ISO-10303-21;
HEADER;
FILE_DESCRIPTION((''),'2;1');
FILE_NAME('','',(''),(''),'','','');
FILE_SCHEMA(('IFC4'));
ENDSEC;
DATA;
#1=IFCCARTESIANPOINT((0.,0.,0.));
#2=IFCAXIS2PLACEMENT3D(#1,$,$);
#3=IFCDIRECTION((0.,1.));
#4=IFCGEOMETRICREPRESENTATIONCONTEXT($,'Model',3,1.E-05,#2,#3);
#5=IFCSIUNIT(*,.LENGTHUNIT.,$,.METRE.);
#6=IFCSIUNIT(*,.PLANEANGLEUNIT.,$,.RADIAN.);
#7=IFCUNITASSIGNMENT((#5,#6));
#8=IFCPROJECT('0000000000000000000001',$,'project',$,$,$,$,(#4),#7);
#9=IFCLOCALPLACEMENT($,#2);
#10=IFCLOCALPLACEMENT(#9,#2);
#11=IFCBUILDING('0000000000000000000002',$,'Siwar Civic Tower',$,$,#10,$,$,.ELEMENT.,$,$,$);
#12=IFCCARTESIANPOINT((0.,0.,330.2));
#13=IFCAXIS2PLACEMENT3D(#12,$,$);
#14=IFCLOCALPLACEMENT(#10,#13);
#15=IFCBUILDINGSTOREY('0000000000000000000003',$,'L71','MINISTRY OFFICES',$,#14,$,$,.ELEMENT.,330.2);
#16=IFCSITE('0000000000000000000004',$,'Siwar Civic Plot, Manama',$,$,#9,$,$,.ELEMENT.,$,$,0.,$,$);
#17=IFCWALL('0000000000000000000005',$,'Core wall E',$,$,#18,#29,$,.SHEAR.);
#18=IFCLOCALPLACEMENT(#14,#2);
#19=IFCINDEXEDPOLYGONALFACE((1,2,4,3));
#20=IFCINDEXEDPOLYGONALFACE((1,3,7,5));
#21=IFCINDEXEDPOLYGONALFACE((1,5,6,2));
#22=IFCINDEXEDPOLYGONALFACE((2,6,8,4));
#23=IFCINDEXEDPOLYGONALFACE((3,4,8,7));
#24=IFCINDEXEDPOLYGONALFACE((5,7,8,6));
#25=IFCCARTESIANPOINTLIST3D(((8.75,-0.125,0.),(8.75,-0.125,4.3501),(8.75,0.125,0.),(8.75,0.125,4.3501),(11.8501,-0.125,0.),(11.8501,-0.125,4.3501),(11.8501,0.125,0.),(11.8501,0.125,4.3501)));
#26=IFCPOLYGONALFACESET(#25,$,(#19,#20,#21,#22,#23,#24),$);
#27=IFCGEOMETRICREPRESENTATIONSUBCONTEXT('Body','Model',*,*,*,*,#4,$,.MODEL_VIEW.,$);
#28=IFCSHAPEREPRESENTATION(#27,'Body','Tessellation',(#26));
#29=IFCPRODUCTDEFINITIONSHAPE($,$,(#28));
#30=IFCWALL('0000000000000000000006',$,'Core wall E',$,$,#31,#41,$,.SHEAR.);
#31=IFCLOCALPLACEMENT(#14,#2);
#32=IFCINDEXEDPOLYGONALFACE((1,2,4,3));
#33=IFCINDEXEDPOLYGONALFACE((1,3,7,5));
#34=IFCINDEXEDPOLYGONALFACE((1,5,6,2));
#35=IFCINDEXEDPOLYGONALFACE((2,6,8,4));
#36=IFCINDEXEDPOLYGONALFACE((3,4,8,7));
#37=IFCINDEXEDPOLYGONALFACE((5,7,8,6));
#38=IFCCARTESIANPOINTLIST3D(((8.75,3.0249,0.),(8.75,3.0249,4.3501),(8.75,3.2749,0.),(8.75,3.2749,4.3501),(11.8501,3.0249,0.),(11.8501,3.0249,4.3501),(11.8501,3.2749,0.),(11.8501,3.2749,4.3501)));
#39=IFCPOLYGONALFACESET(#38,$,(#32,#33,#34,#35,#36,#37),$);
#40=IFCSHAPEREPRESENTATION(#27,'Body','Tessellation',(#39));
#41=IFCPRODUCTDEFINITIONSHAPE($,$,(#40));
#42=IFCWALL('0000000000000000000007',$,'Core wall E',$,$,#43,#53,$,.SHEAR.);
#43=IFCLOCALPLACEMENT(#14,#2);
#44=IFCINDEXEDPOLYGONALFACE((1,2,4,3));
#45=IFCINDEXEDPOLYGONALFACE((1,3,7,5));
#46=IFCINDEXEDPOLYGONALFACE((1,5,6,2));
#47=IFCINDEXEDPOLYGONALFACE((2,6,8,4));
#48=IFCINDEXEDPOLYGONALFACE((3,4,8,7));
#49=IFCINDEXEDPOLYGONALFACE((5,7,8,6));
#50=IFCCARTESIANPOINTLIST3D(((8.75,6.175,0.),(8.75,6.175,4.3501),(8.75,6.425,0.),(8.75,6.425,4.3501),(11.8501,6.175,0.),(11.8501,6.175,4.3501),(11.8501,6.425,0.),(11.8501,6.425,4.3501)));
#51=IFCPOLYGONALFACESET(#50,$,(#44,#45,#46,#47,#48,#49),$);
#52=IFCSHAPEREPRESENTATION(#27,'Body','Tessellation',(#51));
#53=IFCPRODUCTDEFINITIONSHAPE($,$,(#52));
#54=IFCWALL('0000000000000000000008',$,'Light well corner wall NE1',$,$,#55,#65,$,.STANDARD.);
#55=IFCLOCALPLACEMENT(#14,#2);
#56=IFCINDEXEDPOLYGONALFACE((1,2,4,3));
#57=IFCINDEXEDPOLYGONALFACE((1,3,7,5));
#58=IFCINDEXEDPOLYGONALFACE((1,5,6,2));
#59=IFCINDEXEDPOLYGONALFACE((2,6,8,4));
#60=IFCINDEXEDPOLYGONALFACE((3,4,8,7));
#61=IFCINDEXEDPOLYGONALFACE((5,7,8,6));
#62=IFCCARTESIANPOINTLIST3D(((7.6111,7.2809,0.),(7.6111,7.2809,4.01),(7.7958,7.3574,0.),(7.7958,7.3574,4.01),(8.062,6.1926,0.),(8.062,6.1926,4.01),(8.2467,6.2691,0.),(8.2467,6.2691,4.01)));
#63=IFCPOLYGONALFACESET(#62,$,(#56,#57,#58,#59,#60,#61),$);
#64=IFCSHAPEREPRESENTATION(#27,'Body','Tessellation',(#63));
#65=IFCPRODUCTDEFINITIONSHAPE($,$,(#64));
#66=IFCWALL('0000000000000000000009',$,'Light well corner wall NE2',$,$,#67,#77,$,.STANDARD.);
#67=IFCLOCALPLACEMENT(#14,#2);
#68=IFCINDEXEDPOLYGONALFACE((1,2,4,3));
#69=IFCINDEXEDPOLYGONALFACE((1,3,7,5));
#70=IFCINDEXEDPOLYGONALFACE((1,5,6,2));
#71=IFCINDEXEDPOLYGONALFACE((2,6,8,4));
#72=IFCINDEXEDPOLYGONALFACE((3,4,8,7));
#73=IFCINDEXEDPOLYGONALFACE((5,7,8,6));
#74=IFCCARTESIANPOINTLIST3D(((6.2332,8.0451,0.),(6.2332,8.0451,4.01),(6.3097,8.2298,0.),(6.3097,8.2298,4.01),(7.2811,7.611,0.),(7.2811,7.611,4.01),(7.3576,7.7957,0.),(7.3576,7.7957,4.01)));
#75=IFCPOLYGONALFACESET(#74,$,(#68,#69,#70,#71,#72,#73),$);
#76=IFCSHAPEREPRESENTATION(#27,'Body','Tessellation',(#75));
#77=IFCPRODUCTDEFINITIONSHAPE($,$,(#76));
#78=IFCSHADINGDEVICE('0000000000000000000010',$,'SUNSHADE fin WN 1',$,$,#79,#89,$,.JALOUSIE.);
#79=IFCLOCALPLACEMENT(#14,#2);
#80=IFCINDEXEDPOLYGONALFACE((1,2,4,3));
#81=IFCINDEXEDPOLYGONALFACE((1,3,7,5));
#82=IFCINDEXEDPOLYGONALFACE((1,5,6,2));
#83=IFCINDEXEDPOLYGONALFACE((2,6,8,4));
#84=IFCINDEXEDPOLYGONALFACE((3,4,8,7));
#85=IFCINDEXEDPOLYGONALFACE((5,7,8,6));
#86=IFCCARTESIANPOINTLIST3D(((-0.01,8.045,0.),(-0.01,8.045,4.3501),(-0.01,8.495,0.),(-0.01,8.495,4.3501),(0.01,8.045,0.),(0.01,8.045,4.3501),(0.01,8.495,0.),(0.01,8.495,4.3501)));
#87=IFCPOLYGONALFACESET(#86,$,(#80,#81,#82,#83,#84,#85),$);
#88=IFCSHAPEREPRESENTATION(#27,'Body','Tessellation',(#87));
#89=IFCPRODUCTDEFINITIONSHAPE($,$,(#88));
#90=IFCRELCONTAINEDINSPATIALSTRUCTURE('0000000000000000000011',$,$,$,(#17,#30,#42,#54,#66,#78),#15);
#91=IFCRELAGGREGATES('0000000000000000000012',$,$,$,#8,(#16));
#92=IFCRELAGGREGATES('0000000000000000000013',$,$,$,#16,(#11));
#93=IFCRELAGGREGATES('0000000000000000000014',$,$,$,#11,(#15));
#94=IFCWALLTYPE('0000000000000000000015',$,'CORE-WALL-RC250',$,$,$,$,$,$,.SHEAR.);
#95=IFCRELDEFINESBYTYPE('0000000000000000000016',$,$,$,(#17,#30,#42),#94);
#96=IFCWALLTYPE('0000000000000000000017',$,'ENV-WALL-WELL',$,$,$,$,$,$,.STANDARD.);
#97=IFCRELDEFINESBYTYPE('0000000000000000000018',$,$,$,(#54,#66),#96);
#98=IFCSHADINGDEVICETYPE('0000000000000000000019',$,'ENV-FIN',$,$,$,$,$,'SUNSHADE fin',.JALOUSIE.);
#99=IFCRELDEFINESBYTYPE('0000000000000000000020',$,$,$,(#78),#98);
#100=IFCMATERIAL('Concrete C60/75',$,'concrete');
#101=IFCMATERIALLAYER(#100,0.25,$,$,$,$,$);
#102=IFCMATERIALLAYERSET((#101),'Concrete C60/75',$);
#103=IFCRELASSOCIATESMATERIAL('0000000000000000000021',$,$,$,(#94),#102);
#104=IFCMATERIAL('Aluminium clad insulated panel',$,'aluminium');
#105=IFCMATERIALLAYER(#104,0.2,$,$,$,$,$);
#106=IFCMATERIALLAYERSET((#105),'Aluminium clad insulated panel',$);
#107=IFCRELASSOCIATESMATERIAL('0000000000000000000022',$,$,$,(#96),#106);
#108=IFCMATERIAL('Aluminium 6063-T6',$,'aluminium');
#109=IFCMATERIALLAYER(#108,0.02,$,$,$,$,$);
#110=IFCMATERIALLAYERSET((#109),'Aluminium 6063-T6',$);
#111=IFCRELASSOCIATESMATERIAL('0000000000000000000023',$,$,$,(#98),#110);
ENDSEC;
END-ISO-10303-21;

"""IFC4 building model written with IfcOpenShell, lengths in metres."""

from ifc_helpers import new_model, si_unit, direction, frame, frame_2d, origin, origin_2d, place, context, subcontext, project, spatial, rectangle, extrude, material, layer, layer_set, type_object, element, save


model = new_model("IFC4")

# Units and contexts
model_context = context("Model", 3, precision=1e-05, world=origin(), true_north=direction((0.0, 1.0)))
body_context = subcontext(model_context, "Body", "Model", "MODEL_VIEW")
ifc_project = project(units=[si_unit("LENGTHUNIT", "METRE"), si_unit("PLANEANGLEUNIT", "RADIAN")], contexts=[model_context])

# Site, building, storey
site_placement = place(None, origin())
site = spatial("IfcSite", under=ifc_project, at=site_placement, Name="Siwar Civic Plot, Manama", CompositionType="ELEMENT", RefElevation=0.0)
building_placement = place(site_placement, origin())
building = spatial("IfcBuilding", under=site, at=building_placement, Name="Siwar Civic Tower", CompositionType="ELEMENT")
storey_placement = place(building_placement, frame((0.0, 0.0, 330.2)))
storey = spatial("IfcBuildingStorey", under=building, at=storey_placement, Name="L71", Description="MINISTRY OFFICES", CompositionType="ELEMENT", Elevation=330.2)

# Shared definitions
ifc_material_1 = material(Name="Concrete C60/75", Category="concrete")
ifc_layer_1 = layer(ifc_material_1, 0.25)
ifc_layer_set_1 = layer_set([ifc_layer_1], Name="Concrete C60/75")
wall_type_1 = type_object("IfcWallType", Name="CORE-WALL-RC250", PredefinedType="SHEAR", material=ifc_layer_set_1)

# Walls
for number, where, z_axis, x_axis, name in (
    (1, (8.75, 0.0, 0.0), (0.0, 0.0, 1.0), (1.0, 0.0, 0.0), "Core wall E"),
    (2, (8.75, 3.1499, 0.0), (0.0, 0.0, 1.0), (1.0, 0.0, 0.0), "Core wall E"),
    (3, (8.75, 6.3, 0.0), (0.0, 0.0, 1.0), (1.0, 0.0, 0.0), "Core wall E"),
):
    element("IfcWall", number, at=place(storey_placement, frame(where, z_axis=z_axis, x_axis=x_axis)), inside=storey, type_object=wall_type_1, Name=name, PredefinedType="SHEAR", context=body_context, shape_type="SweptSolid", body=[
        extrude(rectangle(XDim=3.1001, YDim=0.25, at=frame_2d((1.55, 0.0))), origin(), (0.0, 0.0, 1.0), 4.3501),
    ])
ifc_material_2 = material(Name="Aluminium clad insulated panel", Category="aluminium")
ifc_layer_2 = layer(ifc_material_2, 0.2)
ifc_layer_set_2 = layer_set([ifc_layer_2], Name="Aluminium clad insulated panel")
wall_type_2 = type_object("IfcWallType", Name="ENV-WALL-WELL", PredefinedType="STANDARD", material=ifc_layer_set_2)
wall_1_placement = place(storey_placement, frame((8.1543, 6.231, 0.0), z_axis=(0.0, 0.0, 1.0), x_axis=(-0.382761, 0.923848, 0.0)))
element("IfcWall", 4, at=wall_1_placement, inside=storey, type_object=wall_type_2, Name="Light well corner wall NE1", PredefinedType="STANDARD", context=body_context, shape_type="SweptSolid", body=[
    extrude(rectangle(XDim=1.178, YDim=0.2, at=frame_2d((0.5889, 0.0))), origin(), (0.0, 0.0, 1.0), 4.01),
])
wall_2_placement = place(storey_placement, frame((7.3193, 7.7034, 0.0), z_axis=(0.0, 0.0, 1.0), x_axis=(-0.923865, 0.382719, 0.0)))
element("IfcWall", 5, at=wall_2_placement, inside=storey, type_object=wall_type_2, Name="Light well corner wall NE2", PredefinedType="STANDARD", context=body_context, shape_type="SweptSolid", body=[
    extrude(rectangle(XDim=1.1343, YDim=0.2, at=frame_2d((0.5671, 0.0))), origin(), (0.0, 0.0, 1.0), 4.01),
])

# Shading device
ifc_material_3 = material(Name="Aluminium 6063-T6", Category="aluminium")
ifc_layer_3 = layer(ifc_material_3, 0.02)
ifc_layer_set_3 = layer_set([ifc_layer_3], Name="Aluminium 6063-T6")
shading_device_type = type_object("IfcShadingDeviceType", Name="ENV-FIN", ElementType="SUNSHADE fin", PredefinedType="JALOUSIE", material=ifc_layer_set_3)
shading_device_placement = place(storey_placement, frame((0.0, 8.27, 0.0), z_axis=(0.0, 0.0, 1.0), x_axis=(-1.0, 0.0, 0.0)))
element("IfcShadingDevice", 6, at=shading_device_placement, inside=storey, type_object=shading_device_type, Name="SUNSHADE fin WN 1", PredefinedType="JALOUSIE", context=body_context, shape_type="SweptSolid", body=[
    extrude(rectangle(XDim=0.02, YDim=0.45, at=origin_2d()), origin(), (0.0, 0.0, 1.0), 4.3501),
])

save(model, "model.ifc")
